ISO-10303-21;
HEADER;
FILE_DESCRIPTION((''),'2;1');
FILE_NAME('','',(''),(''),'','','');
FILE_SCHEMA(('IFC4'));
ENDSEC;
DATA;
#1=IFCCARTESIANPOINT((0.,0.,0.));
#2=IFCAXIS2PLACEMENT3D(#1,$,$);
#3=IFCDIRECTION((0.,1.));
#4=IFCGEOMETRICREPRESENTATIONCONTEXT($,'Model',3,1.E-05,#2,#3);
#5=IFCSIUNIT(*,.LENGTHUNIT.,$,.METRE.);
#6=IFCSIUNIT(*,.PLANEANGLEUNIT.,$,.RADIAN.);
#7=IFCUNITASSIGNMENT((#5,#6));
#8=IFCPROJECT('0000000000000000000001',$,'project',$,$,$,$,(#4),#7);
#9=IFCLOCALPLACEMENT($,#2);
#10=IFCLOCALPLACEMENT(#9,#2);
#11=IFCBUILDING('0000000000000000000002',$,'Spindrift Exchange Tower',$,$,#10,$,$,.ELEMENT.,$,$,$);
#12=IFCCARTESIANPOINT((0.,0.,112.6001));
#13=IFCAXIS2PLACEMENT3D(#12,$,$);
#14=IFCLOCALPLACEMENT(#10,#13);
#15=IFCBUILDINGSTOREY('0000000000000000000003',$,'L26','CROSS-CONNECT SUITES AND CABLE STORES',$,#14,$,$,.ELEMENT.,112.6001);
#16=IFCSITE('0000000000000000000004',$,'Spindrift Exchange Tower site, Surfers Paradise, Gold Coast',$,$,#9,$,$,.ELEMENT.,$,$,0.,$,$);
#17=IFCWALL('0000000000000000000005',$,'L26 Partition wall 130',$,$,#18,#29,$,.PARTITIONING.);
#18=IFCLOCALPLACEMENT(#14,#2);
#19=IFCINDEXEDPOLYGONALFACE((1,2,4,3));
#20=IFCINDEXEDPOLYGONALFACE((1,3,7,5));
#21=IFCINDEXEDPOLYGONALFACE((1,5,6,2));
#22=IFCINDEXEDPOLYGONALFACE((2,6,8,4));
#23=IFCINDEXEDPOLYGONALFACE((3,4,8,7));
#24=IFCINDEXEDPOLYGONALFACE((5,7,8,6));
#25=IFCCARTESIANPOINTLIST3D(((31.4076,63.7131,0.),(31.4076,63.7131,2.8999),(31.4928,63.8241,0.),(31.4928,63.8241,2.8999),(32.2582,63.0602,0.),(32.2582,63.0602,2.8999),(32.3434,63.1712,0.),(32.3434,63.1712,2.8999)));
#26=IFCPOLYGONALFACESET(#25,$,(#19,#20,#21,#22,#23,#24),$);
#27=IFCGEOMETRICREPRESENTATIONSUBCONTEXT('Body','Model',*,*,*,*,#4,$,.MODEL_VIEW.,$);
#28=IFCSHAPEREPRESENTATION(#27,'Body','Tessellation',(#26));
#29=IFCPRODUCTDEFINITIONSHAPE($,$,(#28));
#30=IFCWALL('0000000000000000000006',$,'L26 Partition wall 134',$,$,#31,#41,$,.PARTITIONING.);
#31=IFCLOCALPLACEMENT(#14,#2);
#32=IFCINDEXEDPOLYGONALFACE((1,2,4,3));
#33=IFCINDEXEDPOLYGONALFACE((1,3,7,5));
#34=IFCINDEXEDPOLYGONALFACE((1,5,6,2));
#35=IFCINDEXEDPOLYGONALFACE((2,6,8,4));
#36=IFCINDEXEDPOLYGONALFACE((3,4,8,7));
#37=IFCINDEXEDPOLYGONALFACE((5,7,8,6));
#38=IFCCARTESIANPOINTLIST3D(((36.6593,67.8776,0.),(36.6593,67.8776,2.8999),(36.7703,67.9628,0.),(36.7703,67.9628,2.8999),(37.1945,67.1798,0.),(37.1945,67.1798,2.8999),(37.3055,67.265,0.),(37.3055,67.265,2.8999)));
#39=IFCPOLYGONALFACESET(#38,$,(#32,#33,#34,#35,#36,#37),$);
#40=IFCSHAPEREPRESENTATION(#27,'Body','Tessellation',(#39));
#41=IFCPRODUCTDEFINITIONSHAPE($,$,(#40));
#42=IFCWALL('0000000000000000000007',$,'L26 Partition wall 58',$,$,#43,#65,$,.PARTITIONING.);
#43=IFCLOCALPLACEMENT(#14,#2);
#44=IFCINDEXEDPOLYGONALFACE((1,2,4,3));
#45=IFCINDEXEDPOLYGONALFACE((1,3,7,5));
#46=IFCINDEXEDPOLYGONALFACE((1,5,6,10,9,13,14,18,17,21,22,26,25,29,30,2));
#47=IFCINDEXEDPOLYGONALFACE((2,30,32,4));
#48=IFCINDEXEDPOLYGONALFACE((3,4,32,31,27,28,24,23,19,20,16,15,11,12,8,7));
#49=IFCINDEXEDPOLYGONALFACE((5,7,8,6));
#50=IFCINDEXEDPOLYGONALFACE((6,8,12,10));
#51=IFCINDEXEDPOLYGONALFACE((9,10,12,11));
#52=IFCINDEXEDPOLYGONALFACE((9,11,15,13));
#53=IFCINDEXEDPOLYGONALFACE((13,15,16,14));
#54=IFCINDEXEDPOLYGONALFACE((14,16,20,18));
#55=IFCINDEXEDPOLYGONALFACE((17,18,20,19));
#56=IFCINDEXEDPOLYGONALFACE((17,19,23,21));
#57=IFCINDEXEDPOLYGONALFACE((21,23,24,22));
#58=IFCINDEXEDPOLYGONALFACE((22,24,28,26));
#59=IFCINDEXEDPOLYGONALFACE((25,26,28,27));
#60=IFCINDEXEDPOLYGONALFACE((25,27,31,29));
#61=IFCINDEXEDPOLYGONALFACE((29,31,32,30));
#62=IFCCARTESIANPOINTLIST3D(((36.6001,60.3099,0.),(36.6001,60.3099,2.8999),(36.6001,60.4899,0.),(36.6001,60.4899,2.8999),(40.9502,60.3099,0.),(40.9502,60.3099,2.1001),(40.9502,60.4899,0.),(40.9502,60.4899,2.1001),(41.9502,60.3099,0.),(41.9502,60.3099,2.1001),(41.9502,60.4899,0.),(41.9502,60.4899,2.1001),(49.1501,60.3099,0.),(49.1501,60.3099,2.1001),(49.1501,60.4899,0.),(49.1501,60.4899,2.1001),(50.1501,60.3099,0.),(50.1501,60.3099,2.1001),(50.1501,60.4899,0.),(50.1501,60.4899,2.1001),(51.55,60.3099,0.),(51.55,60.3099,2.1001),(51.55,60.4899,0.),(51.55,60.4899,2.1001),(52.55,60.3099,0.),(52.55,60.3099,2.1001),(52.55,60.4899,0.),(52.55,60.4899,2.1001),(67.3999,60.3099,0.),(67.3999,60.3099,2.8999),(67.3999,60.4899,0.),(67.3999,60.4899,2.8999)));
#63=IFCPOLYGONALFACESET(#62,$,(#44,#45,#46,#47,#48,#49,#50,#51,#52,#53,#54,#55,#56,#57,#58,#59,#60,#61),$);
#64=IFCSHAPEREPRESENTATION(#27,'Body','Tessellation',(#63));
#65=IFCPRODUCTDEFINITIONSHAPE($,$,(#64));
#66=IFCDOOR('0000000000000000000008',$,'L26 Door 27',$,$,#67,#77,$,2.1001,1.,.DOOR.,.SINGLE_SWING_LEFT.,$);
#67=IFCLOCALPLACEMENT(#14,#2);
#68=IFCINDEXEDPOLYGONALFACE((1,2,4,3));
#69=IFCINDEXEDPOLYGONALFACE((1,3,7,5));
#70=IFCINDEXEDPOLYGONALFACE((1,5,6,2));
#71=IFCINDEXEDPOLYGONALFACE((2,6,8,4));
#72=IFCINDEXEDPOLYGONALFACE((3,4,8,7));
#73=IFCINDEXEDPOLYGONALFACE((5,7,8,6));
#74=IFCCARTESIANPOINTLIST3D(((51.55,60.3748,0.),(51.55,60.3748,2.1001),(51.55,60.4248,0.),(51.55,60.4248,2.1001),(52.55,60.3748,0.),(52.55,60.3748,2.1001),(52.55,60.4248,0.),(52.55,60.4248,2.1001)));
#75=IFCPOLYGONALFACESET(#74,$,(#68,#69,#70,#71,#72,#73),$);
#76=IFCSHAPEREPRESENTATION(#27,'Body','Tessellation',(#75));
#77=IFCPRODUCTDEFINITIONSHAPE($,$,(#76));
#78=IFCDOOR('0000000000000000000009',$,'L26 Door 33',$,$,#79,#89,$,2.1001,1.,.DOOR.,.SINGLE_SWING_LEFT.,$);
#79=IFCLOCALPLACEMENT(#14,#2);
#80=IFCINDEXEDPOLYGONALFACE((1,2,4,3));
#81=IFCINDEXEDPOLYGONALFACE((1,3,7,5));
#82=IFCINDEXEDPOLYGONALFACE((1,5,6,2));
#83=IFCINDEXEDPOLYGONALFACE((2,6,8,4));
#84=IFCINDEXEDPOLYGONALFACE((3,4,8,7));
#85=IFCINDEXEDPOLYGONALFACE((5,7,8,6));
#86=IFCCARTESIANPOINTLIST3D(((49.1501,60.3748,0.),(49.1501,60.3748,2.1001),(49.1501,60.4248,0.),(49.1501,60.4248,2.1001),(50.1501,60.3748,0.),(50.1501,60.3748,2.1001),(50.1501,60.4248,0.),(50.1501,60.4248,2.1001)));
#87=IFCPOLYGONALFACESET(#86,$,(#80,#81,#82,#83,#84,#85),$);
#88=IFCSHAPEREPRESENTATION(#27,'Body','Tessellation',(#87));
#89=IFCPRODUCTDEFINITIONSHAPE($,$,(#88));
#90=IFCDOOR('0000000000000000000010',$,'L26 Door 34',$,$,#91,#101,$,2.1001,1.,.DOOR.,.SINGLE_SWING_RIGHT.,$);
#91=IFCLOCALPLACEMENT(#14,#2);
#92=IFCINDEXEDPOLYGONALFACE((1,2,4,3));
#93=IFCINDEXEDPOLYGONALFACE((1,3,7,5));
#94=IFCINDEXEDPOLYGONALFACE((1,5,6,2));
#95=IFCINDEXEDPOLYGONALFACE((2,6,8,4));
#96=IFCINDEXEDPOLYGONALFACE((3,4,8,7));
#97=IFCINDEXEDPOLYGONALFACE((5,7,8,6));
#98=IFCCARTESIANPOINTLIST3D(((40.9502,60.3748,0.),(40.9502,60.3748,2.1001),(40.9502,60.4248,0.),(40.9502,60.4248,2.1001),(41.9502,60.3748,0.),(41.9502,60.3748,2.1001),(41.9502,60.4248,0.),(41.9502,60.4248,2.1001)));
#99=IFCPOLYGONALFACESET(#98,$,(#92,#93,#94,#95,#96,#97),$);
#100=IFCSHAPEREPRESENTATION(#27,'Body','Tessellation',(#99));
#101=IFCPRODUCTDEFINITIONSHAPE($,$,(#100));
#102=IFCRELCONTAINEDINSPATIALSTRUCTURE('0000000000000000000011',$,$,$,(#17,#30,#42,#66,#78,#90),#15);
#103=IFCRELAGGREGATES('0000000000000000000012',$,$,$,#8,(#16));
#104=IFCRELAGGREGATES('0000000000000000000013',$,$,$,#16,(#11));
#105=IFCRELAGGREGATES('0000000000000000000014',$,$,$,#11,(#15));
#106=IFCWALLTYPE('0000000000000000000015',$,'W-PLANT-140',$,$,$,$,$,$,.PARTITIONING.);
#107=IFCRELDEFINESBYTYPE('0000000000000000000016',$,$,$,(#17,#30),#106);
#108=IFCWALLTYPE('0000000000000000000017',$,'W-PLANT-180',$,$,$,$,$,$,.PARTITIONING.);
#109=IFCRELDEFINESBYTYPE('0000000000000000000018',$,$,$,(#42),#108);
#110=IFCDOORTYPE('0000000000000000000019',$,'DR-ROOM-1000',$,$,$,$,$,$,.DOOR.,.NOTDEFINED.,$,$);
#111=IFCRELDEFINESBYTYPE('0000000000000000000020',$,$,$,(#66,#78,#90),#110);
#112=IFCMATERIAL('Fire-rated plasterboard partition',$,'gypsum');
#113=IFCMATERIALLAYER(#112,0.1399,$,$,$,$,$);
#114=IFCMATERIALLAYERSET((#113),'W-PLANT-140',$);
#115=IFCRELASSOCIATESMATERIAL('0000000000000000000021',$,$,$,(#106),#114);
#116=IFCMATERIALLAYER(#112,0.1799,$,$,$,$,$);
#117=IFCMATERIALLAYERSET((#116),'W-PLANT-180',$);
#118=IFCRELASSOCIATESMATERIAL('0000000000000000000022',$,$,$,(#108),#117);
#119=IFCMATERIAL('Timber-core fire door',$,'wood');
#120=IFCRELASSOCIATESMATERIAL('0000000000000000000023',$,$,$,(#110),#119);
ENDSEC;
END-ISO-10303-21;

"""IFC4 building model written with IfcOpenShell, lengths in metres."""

from ifc_helpers import new_model, si_unit, direction, frame, frame_2d, origin, place, context, subcontext, project, spatial, rectangle, extrude, source, transform, mapped, material, layer, layer_set, type_object, element, fill, save


model = new_model("IFC4")

# Units and contexts
model_context = context("Model", 3, precision=1e-05, world=origin(), true_north=direction((0.0, 1.0)))
body_context = subcontext(model_context, "Body", "Model", "MODEL_VIEW")
ifc_project = project(units=[si_unit("LENGTHUNIT", "METRE"), si_unit("PLANEANGLEUNIT", "RADIAN")], contexts=[model_context])

# Site, building, storey
site_placement = place(None, origin())
site = spatial("IfcSite", under=ifc_project, at=site_placement, Name="Spindrift Exchange Tower site, Surfers Paradise, Gold Coast", CompositionType="ELEMENT", RefElevation=0.0)
building_placement = place(site_placement, origin())
building = spatial("IfcBuilding", under=site, at=building_placement, Name="Spindrift Exchange Tower", CompositionType="ELEMENT")
storey_placement = place(building_placement, frame((0.0, 0.0, 112.6001)))
storey = spatial("IfcBuildingStorey", under=building, at=storey_placement, Name="L26", Description="CROSS-CONNECT SUITES AND CABLE STORES", CompositionType="ELEMENT", Elevation=112.6001)

# Shared definitions
ifc_material_1 = material(Name="Timber-core fire door", Category="wood")

# Walls
ifc_material_2 = material(Name="Fire-rated plasterboard partition", Category="gypsum")
ifc_layer_1 = layer(ifc_material_2, 0.1399)
ifc_layer_set_1 = layer_set([ifc_layer_1], Name="W-PLANT-140")
wall_type_1 = type_object("IfcWallType", Name="W-PLANT-140", PredefinedType="PARTITIONING", material=ifc_layer_set_1)
wall_1_placement = place(storey_placement, frame((32.3008, 63.1157, 0.0), z_axis=(0.0, 0.0, 1.0), x_axis=(-0.793284, 0.608852, 0.0)))
element("IfcWall", 1, at=wall_1_placement, inside=storey, type_object=wall_type_1, Name="L26 Partition wall 130", PredefinedType="PARTITIONING", context=body_context, shape_type="SweptSolid", body=[
    extrude(rectangle(XDim=1.0723, YDim=0.1399, at=frame_2d((0.5361, 0.0))), origin(), (0.0, 0.0, 1.0), 2.8999),
])
wall_2_placement = place(storey_placement, frame((37.25, 67.2224, 0.0), z_axis=(0.0, 0.0, 1.0), x_axis=(-0.608583, 0.79349, 0.0)))
element("IfcWall", 2, at=wall_2_placement, inside=storey, type_object=wall_type_1, Name="L26 Partition wall 134", PredefinedType="PARTITIONING", context=body_context, shape_type="SweptSolid", body=[
    extrude(rectangle(XDim=0.8794, YDim=0.1399, at=frame_2d((0.4397, 0.0))), origin(), (0.0, 0.0, 1.0), 2.8999),
])

# Wall, openings, doors
ifc_layer_2 = layer(ifc_material_2, 0.1799)
ifc_layer_set_2 = layer_set([ifc_layer_2], Name="W-PLANT-180")
wall_type_2 = type_object("IfcWallType", Name="W-PLANT-180", PredefinedType="PARTITIONING", material=ifc_layer_set_2)
wall_3_placement = place(storey_placement, frame((36.6001, 60.3999, 0.0), z_axis=(0.0, 0.0, 1.0), x_axis=(1.0, 0.0, 0.0)))
wall_3 = element("IfcWall", 3, at=wall_3_placement, inside=storey, type_object=wall_type_2, Name="L26 Partition wall 58", PredefinedType="PARTITIONING", context=body_context, shape_type="SweptSolid", body=[
    extrude(rectangle(XDim=30.7998, YDim=0.1799, at=frame_2d((15.3999, 0.0))), origin(), (0.0, 0.0, 1.0), 2.8999),
])
opening_1_placement = place(wall_3_placement, frame((14.95, 0.0, 0.0)))
opening_1 = element("IfcOpeningElement", 4, at=opening_1_placement, cuts=wall_3, PredefinedType="OPENING", context=body_context, shape_type="SweptSolid", body=[
    extrude(rectangle(XDim=1.0, YDim=2.1001, at=frame_2d((0.5, 1.05))), frame((0.0, 0.0999, 0.0), z_axis=(0.0, -1.0, 0.0), x_axis=(1.0, 0.0, 0.0)), (0.0, 0.0, 1.0), 0.2),
])
opening_2_placement = place(wall_3_placement, frame((12.55, 0.0, 0.0)))
opening_2 = element("IfcOpeningElement", 5, at=opening_2_placement, cuts=wall_3, PredefinedType="OPENING", context=body_context, shape_type="SweptSolid", body=[
    extrude(rectangle(XDim=1.0, YDim=2.1001, at=frame_2d((0.5, 1.05))), frame((0.0, 0.0999, 0.0), z_axis=(0.0, -1.0, 0.0), x_axis=(1.0, 0.0, 0.0)), (0.0, 0.0, 1.0), 0.2),
])
opening_3_placement = place(wall_3_placement, frame((4.3501, 0.0, 0.0)))
opening_3 = element("IfcOpeningElement", 6, at=opening_3_placement, cuts=wall_3, PredefinedType="OPENING", context=body_context, shape_type="SweptSolid", body=[
    extrude(rectangle(XDim=1.0, YDim=2.1001, at=frame_2d((0.5, 1.05))), frame((0.0, 0.0999, 0.0), z_axis=(0.0, -1.0, 0.0), x_axis=(1.0, 0.0, 0.0)), (0.0, 0.0, 1.0), 0.2),
])
door_type_1 = type_object("IfcDoorType", Name="DR-ROOM-1000", OperationType="NOTDEFINED", PredefinedType="DOOR", material=ifc_material_1)
shared_shape_1 = source(origin(), body_context, "Body", "SweptSolid", [
    extrude(rectangle(XDim=1.0, YDim=2.1001, at=frame_2d((0.5, 1.05))), frame((0.0, 0.0249, 0.0), z_axis=(0.0, -1.0, 0.0), x_axis=(1.0, 0.0, 0.0)), (0.0, 0.0, 1.0), 0.05),
])
door_1_placement = place(opening_1_placement, origin())
door_1 = element("IfcDoor", 7, at=door_1_placement, inside=storey, type_object=door_type_1, Name="L26 Door 27", OperationType="SINGLE_SWING_LEFT", OverallHeight=2.1001, OverallWidth=1.0, PredefinedType="DOOR", context=body_context, shape_type="MappedRepresentation", body=[
    mapped(shared_shape_1, transform((0.0, 0.0, 0.0), scale=1.0)),
])
fill(opening_1, door_1)
door_2_placement = place(opening_2_placement, origin())
door_2 = element("IfcDoor", 8, at=door_2_placement, inside=storey, type_object=door_type_1, Name="L26 Door 33", OperationType="SINGLE_SWING_LEFT", OverallHeight=2.1001, OverallWidth=1.0, PredefinedType="DOOR", context=body_context, shape_type="MappedRepresentation", body=[
    mapped(shared_shape_1, transform((0.0, 0.0, 0.0), scale=1.0)),
])
fill(opening_2, door_2)
door_3_placement = place(opening_3_placement, origin())
door_3 = element("IfcDoor", 9, at=door_3_placement, inside=storey, type_object=door_type_1, Name="L26 Door 34", OperationType="SINGLE_SWING_RIGHT", OverallHeight=2.1001, OverallWidth=1.0, PredefinedType="DOOR", context=body_context, shape_type="MappedRepresentation", body=[
    mapped(shared_shape_1, transform((0.0, 0.0, 0.0), scale=1.0)),
])
fill(opening_3, door_3)

save(model, "model.ifc")
